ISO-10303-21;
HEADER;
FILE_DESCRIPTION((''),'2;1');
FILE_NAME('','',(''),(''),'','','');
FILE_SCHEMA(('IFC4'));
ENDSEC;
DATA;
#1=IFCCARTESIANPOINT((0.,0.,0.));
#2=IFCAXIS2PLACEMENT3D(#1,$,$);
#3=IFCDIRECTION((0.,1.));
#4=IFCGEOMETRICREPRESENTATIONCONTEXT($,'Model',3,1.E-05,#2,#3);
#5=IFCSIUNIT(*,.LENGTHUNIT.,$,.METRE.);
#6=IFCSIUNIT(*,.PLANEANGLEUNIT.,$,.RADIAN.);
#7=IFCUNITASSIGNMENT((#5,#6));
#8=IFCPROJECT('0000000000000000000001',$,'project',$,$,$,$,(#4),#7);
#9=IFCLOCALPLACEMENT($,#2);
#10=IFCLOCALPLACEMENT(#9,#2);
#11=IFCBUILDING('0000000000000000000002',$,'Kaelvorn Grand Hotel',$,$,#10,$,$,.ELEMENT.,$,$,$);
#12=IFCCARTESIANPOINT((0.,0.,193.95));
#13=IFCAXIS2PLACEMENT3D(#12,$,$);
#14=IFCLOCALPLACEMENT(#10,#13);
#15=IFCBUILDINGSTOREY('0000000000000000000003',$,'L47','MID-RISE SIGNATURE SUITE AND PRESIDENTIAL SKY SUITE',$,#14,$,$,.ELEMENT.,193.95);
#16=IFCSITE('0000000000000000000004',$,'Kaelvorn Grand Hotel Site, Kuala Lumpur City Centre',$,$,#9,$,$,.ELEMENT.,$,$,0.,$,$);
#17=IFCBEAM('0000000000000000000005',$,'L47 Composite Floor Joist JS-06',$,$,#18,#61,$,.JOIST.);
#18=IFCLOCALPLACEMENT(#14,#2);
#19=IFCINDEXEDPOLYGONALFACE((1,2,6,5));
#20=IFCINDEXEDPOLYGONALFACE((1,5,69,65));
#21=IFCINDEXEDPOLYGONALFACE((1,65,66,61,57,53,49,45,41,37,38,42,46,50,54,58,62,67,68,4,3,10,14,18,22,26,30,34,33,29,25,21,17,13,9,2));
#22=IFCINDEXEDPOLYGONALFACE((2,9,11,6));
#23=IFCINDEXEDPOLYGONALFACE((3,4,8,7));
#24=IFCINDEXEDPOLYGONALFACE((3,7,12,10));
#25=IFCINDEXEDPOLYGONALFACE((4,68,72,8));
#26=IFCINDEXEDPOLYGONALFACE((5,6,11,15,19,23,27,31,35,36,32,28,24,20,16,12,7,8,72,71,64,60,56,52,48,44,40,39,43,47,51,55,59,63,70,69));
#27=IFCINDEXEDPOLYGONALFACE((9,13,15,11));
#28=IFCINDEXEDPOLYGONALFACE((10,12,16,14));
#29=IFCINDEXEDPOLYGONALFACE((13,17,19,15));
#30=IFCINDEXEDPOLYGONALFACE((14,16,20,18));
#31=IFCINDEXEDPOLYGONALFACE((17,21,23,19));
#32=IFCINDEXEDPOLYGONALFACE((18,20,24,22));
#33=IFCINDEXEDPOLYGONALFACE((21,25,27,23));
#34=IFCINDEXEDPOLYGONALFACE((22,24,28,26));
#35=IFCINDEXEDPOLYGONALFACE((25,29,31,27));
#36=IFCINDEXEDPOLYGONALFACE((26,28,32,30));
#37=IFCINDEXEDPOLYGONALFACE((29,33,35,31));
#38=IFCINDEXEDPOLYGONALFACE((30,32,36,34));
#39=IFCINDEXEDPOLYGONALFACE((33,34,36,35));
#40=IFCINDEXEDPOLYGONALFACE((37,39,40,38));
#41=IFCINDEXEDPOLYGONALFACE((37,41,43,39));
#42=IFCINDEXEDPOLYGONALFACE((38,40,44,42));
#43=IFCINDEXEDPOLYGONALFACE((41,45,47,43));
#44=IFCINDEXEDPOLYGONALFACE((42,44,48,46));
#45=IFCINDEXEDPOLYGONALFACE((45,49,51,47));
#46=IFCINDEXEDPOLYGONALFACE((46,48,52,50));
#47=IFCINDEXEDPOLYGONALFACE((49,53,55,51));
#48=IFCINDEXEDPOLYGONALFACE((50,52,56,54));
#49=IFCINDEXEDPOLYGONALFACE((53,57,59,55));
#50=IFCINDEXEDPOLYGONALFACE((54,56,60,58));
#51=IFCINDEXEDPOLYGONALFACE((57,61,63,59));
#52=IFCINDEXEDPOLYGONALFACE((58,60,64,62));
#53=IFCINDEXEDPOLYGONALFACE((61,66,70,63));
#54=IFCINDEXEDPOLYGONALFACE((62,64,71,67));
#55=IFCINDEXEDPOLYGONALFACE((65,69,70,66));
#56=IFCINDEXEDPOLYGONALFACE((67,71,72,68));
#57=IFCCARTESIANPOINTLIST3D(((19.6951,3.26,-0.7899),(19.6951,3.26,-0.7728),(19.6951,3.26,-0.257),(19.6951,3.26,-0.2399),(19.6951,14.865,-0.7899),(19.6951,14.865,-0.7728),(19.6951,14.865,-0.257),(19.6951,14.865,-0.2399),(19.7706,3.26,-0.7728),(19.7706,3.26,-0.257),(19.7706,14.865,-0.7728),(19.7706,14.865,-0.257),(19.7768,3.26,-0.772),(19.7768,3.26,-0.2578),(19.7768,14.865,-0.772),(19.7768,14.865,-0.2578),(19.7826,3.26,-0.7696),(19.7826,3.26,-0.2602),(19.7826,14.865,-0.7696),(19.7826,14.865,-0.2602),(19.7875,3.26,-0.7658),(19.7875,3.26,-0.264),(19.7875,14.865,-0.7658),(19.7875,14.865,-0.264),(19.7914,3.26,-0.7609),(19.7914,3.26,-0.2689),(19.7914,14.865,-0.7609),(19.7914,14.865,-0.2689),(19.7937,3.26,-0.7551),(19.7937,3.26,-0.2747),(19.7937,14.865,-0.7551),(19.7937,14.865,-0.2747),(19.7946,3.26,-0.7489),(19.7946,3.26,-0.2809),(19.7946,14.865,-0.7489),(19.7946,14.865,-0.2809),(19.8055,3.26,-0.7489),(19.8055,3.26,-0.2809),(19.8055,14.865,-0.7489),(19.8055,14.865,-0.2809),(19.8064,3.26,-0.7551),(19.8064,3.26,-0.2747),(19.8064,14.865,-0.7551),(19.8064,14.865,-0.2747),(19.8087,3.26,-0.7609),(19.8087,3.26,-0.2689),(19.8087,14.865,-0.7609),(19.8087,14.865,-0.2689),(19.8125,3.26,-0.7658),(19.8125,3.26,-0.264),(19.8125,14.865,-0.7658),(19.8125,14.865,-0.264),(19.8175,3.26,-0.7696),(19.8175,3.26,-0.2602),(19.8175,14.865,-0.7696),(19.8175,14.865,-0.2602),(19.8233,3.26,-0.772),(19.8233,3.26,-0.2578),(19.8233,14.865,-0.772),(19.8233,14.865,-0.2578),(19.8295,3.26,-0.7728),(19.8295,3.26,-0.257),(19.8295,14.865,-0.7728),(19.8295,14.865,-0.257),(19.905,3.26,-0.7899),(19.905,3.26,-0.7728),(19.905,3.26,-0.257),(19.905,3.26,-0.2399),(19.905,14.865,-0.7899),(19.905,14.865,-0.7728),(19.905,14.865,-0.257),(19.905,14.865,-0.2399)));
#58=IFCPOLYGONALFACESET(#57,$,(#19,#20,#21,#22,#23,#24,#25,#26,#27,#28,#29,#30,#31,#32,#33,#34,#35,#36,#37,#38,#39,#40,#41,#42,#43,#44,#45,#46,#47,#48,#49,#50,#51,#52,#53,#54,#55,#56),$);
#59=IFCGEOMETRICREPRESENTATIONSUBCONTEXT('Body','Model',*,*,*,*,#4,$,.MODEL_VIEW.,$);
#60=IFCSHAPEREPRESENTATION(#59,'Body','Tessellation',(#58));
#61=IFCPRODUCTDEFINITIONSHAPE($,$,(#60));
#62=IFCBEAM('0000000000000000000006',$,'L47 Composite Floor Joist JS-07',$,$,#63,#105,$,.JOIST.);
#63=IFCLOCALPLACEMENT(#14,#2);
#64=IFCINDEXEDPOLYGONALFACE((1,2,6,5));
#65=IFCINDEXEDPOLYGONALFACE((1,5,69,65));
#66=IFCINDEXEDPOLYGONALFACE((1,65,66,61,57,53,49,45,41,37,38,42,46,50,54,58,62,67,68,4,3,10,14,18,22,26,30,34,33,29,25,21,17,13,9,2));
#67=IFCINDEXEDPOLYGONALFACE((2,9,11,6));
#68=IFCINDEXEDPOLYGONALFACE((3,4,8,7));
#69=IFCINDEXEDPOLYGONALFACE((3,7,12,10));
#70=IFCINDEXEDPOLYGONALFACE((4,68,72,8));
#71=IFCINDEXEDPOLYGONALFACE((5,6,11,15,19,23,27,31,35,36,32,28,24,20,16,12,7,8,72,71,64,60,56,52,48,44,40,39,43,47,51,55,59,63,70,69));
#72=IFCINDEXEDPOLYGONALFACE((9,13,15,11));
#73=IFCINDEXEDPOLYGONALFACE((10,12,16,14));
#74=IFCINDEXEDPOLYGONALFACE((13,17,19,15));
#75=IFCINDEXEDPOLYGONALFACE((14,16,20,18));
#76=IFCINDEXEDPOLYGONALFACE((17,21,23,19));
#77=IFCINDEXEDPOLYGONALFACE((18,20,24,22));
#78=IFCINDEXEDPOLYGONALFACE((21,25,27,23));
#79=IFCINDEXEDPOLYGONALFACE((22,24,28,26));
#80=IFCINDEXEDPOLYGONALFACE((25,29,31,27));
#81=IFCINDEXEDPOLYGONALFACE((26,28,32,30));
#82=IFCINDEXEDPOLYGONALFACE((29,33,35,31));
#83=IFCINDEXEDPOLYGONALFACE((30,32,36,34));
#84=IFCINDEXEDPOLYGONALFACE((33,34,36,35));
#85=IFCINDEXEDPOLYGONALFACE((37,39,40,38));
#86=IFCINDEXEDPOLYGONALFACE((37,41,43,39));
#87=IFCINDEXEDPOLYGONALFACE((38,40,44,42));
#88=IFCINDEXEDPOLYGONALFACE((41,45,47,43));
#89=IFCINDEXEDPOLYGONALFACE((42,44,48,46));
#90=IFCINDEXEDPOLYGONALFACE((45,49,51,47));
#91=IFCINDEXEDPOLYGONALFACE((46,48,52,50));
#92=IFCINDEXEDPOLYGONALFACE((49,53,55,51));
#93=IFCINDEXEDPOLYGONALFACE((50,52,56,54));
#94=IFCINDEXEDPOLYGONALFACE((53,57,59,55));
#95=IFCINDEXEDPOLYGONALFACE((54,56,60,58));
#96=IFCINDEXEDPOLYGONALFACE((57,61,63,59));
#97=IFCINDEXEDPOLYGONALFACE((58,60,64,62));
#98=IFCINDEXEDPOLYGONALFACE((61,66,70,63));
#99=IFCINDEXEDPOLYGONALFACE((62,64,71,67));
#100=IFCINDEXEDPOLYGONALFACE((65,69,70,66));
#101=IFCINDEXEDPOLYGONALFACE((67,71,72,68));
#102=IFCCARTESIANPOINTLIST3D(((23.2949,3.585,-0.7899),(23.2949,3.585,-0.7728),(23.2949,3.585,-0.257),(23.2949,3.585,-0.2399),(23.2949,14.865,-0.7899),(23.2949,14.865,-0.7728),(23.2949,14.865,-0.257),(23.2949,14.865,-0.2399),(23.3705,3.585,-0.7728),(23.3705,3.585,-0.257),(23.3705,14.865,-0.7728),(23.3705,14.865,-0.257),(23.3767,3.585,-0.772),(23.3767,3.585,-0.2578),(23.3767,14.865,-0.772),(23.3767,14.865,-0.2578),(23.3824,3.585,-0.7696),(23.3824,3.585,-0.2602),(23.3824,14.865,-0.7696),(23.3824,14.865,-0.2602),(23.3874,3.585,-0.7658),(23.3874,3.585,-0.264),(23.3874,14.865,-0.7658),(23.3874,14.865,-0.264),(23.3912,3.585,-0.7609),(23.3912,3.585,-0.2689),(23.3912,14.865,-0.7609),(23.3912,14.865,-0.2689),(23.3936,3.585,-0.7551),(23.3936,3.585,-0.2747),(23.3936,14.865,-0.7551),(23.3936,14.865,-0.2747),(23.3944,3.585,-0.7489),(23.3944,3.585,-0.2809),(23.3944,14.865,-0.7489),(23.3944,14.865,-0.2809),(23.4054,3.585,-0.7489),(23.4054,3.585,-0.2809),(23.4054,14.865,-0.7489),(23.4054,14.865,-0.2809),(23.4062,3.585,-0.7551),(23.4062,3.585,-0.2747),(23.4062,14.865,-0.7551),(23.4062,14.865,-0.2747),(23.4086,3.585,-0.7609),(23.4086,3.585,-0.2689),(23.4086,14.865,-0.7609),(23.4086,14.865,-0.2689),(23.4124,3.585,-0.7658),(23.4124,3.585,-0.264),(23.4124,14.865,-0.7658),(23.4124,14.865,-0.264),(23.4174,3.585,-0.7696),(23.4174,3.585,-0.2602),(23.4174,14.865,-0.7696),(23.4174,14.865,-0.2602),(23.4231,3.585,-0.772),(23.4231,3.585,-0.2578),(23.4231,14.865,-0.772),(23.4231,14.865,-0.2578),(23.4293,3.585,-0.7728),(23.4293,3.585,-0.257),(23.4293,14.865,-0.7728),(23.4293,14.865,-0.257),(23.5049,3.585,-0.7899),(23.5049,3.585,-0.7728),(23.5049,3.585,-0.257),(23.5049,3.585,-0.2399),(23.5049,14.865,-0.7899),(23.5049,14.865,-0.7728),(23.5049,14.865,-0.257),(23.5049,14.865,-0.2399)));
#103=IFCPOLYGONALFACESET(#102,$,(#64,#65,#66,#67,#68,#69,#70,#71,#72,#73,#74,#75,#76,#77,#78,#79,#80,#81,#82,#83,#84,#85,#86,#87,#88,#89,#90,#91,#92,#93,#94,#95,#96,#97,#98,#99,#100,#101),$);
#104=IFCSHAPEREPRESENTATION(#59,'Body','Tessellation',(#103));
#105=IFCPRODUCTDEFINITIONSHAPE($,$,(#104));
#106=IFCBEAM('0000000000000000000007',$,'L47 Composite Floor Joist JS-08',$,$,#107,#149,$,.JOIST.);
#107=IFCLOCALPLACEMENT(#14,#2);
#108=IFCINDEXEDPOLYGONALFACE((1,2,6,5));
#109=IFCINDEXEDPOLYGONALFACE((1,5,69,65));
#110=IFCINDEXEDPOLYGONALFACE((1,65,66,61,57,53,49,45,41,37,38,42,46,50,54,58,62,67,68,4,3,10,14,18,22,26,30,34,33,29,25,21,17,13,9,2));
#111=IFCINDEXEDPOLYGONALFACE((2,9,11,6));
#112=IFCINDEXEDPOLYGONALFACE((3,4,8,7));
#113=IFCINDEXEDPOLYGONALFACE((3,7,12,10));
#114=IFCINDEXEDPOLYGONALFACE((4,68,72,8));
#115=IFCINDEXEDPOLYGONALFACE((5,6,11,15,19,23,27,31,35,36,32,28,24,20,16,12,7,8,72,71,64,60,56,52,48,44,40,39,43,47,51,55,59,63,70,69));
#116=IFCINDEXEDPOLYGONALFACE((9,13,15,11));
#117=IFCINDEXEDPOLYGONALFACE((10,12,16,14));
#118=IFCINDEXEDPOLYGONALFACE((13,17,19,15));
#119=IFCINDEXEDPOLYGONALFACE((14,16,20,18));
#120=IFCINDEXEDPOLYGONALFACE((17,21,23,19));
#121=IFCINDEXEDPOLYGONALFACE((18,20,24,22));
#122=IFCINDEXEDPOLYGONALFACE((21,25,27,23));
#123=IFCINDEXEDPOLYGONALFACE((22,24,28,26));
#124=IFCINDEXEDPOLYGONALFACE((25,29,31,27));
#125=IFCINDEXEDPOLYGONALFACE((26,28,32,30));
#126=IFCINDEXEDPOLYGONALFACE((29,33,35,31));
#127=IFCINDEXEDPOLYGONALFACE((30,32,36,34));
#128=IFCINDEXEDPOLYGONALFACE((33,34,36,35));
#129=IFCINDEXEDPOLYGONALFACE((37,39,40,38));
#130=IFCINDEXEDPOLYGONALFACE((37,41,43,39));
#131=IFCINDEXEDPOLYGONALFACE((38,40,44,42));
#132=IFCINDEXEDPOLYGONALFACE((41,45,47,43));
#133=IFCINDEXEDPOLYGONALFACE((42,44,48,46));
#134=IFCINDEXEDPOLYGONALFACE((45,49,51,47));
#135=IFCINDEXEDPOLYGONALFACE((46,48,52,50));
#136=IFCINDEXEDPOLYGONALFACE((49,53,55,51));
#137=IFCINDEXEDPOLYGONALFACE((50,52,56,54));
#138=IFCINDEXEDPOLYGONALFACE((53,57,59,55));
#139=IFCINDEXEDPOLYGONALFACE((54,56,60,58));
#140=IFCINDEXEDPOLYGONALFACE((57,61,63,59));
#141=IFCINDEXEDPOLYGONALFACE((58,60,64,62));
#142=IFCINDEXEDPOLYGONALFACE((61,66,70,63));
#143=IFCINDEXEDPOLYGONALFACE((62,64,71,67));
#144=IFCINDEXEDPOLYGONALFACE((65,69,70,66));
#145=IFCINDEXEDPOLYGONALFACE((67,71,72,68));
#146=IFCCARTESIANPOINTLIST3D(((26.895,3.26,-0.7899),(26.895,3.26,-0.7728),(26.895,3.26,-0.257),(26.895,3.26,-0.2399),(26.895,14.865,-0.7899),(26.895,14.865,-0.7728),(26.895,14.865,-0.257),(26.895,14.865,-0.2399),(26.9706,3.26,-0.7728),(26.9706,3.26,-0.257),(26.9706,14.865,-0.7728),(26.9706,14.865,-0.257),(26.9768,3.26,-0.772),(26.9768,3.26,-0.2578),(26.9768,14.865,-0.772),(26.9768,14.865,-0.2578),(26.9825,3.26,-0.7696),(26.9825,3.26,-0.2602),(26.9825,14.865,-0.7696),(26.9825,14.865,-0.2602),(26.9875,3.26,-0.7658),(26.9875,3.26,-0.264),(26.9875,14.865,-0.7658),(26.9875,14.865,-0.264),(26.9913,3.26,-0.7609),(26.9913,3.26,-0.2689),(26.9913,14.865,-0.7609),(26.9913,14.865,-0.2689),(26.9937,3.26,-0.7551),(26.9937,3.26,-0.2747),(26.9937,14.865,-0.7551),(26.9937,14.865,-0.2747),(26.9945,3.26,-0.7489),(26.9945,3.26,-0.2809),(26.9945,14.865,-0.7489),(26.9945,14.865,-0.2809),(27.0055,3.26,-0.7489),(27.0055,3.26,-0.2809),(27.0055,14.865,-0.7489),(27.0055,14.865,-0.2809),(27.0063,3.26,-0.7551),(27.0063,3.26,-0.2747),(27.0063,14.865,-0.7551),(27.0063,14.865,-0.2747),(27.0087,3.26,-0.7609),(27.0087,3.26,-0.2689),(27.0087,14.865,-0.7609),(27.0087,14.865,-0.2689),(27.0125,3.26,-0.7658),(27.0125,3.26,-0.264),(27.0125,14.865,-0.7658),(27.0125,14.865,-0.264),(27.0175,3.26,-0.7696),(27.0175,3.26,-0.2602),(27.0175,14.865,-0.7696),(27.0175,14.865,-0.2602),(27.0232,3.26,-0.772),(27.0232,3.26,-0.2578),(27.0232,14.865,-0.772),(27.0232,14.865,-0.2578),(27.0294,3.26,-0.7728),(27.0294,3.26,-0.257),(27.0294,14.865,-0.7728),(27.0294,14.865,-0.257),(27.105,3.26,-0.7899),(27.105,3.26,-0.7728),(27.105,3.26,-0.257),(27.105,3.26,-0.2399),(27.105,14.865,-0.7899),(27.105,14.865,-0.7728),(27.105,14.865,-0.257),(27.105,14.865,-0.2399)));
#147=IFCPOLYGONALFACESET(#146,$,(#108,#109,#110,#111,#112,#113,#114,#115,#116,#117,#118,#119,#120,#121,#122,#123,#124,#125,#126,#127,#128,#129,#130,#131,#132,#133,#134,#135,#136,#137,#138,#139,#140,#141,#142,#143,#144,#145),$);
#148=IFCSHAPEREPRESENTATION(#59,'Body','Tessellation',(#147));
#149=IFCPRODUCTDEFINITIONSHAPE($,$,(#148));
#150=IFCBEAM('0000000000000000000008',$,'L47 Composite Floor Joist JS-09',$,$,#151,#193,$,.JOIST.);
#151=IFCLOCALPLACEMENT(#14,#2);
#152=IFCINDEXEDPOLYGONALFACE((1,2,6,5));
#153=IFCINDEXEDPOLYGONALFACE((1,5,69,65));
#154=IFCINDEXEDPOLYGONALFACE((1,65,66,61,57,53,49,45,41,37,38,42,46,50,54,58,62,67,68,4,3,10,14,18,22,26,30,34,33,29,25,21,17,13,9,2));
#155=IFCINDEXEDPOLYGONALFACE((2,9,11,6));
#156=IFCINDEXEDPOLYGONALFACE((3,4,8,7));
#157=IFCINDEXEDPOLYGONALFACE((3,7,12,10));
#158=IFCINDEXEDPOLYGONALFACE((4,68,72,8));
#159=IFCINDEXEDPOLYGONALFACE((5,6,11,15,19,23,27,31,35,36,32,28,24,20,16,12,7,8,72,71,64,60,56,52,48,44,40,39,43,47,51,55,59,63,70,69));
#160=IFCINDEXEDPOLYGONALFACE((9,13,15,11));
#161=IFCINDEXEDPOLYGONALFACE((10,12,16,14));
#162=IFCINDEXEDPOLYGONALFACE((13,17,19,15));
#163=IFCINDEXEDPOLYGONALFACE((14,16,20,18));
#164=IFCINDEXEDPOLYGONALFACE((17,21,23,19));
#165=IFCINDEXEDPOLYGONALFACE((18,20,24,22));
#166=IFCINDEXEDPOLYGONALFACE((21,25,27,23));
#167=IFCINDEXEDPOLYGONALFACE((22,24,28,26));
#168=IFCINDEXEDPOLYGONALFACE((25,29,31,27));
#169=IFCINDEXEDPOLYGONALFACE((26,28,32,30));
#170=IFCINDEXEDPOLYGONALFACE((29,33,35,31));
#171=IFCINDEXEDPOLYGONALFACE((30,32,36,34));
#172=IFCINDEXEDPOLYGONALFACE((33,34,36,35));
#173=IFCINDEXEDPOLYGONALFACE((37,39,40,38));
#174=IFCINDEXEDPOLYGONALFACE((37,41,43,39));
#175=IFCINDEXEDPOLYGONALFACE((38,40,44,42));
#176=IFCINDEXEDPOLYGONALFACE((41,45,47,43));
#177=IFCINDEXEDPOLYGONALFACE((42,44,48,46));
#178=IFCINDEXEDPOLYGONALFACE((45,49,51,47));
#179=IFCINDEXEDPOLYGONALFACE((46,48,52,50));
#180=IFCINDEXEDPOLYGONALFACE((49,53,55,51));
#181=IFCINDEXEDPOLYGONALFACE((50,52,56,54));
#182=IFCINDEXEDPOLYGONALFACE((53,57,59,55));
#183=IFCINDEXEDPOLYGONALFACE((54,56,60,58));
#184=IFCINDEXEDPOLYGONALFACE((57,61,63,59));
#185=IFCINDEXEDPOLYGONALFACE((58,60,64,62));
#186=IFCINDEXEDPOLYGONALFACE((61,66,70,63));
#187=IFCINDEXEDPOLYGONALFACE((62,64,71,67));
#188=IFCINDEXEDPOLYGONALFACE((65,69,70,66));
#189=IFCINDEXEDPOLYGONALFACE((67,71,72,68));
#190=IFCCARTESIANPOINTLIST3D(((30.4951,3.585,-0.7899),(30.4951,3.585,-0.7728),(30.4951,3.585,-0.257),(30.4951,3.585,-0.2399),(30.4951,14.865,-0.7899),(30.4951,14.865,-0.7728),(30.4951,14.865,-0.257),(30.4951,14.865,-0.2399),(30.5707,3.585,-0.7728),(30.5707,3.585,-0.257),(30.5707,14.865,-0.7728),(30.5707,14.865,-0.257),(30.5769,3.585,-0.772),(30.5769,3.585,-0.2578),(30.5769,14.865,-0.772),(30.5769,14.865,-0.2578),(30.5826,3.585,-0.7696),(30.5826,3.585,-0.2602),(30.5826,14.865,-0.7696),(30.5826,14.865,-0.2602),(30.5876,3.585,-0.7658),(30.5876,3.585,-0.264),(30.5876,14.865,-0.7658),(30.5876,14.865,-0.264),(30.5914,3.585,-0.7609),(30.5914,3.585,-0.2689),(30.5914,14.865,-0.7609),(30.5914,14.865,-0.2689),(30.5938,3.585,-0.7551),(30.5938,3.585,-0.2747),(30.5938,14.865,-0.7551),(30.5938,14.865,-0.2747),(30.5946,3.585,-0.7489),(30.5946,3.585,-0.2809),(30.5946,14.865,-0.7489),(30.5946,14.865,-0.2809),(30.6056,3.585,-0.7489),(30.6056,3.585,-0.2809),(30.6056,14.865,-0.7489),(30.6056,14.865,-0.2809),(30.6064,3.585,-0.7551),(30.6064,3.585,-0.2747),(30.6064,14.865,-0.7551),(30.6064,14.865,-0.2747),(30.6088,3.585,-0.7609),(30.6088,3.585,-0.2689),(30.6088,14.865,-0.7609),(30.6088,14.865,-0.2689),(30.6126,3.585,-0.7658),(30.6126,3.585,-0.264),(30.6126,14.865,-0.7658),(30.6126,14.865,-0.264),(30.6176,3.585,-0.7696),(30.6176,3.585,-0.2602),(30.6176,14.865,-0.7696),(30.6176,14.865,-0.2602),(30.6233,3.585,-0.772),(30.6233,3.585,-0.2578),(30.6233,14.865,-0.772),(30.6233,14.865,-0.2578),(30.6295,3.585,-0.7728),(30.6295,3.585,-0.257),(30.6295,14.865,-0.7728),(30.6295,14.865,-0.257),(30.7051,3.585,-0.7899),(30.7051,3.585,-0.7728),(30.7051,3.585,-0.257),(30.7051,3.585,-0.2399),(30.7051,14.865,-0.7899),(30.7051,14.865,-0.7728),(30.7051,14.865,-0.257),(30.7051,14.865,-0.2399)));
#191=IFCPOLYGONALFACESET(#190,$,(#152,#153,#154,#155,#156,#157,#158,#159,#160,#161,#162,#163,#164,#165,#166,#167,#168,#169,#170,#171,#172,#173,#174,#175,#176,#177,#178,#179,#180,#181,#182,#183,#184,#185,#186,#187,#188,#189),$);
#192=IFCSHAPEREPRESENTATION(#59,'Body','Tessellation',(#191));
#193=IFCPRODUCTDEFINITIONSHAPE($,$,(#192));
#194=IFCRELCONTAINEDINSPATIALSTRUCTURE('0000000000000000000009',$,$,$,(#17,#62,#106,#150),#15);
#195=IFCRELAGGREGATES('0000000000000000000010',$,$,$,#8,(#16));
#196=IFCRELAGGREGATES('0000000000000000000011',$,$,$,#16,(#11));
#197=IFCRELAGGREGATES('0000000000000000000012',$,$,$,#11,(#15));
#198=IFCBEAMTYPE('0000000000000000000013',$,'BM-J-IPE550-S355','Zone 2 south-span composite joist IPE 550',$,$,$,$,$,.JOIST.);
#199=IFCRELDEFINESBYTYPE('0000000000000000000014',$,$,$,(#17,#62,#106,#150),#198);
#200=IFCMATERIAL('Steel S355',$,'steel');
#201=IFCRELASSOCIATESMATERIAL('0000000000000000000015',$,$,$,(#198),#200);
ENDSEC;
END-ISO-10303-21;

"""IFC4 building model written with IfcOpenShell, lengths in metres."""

from ifc_helpers import new_model, si_unit, direction, frame, origin, origin_2d, place, context, subcontext, project, spatial, i_section, extrude, material, material_profile, profile_set, type_object, element, save


model = new_model("IFC4")

# Units and contexts
model_context = context("Model", 3, precision=1e-05, world=origin(), true_north=direction((0.0, 1.0)))
body_context = subcontext(model_context, "Body", "Model", "MODEL_VIEW")
ifc_project = project(units=[si_unit("LENGTHUNIT", "METRE"), si_unit("PLANEANGLEUNIT", "RADIAN")], contexts=[model_context])

# Site, building, storey
site_placement = place(None, origin())
site = spatial("IfcSite", under=ifc_project, at=site_placement, Name="Kaelvorn Grand Hotel Site, Kuala Lumpur City Centre", CompositionType="ELEMENT", RefElevation=0.0)
building_placement = place(site_placement, origin())
building = spatial("IfcBuilding", under=site, at=building_placement, Name="Kaelvorn Grand Hotel", CompositionType="ELEMENT")
storey_placement = place(building_placement, frame((0.0, 0.0, 193.95)))
storey = spatial("IfcBuildingStorey", under=building, at=storey_placement, Name="L47", Description="MID-RISE SIGNATURE SUITE AND PRESIDENTIAL SKY SUITE", CompositionType="ELEMENT", Elevation=193.95)

# Beams
ifc_material_1 = material(Name="Steel S355", Category="steel")
ifc_material_profile_1 = material_profile(ifc_material_1, i_section(OverallWidth=0.21, OverallDepth=0.55, WebThickness=0.011, FlangeThickness=0.0171, FilletRadius=0.0239, at=origin_2d()), Name="IPE 550")
ifc_profile_set_1 = profile_set([ifc_material_profile_1], Name="Steel S355")
beam_type_1 = type_object("IfcBeamType", Name="BM-J-IPE550-S355", Description="Zone 2 south-span composite joist IPE 550", PredefinedType="JOIST", material=ifc_profile_set_1)
beam_1_placement = place(storey_placement, frame((19.8, 3.26, -0.5149), z_axis=(0.0, 1.0, 0.0), x_axis=(-1.0, 0.0, 0.0)))
element("IfcBeam", 1, at=beam_1_placement, inside=storey, type_object=beam_type_1, Name="L47 Composite Floor Joist JS-06", PredefinedType="JOIST", context=body_context, shape_type="SweptSolid", body=[
    extrude(i_section(OverallWidth=0.21, OverallDepth=0.55, WebThickness=0.011, FlangeThickness=0.0171, FilletRadius=0.0239, at=origin_2d()), origin(), (0.0, 0.0, 1.0), 11.605),
])
beam_2_placement = place(storey_placement, frame((23.3999, 3.585, -0.5149), z_axis=(0.0, 1.0, 0.0), x_axis=(-1.0, 0.0, 0.0)))
element("IfcBeam", 2, at=beam_2_placement, inside=storey, type_object=beam_type_1, Name="L47 Composite Floor Joist JS-07", PredefinedType="JOIST", context=body_context, shape_type="SweptSolid", body=[
    extrude(i_section(OverallWidth=0.21, OverallDepth=0.55, WebThickness=0.011, FlangeThickness=0.0171, FilletRadius=0.0239, at=origin_2d()), origin(), (0.0, 0.0, 1.0), 11.28),
])
beam_3_placement = place(storey_placement, frame((27.0, 3.26, -0.5149), z_axis=(0.0, 1.0, 0.0), x_axis=(-1.0, 0.0, 0.0)))
element("IfcBeam", 3, at=beam_3_placement, inside=storey, type_object=beam_type_1, Name="L47 Composite Floor Joist JS-08", PredefinedType="JOIST", context=body_context, shape_type="SweptSolid", body=[
    extrude(i_section(OverallWidth=0.21, OverallDepth=0.55, WebThickness=0.011, FlangeThickness=0.0171, FilletRadius=0.0239, at=origin_2d()), origin(), (0.0, 0.0, 1.0), 11.605),
])
beam_4_placement = place(storey_placement, frame((30.6001, 3.585, -0.5149), z_axis=(0.0, 1.0, 0.0), x_axis=(-1.0, 0.0, 0.0)))
element("IfcBeam", 4, at=beam_4_placement, inside=storey, type_object=beam_type_1, Name="L47 Composite Floor Joist JS-09", PredefinedType="JOIST", context=body_context, shape_type="SweptSolid", body=[
    extrude(i_section(OverallWidth=0.21, OverallDepth=0.55, WebThickness=0.011, FlangeThickness=0.0171, FilletRadius=0.0239, at=origin_2d()), origin(), (0.0, 0.0, 1.0), 11.28),
])

save(model, "model.ifc")
